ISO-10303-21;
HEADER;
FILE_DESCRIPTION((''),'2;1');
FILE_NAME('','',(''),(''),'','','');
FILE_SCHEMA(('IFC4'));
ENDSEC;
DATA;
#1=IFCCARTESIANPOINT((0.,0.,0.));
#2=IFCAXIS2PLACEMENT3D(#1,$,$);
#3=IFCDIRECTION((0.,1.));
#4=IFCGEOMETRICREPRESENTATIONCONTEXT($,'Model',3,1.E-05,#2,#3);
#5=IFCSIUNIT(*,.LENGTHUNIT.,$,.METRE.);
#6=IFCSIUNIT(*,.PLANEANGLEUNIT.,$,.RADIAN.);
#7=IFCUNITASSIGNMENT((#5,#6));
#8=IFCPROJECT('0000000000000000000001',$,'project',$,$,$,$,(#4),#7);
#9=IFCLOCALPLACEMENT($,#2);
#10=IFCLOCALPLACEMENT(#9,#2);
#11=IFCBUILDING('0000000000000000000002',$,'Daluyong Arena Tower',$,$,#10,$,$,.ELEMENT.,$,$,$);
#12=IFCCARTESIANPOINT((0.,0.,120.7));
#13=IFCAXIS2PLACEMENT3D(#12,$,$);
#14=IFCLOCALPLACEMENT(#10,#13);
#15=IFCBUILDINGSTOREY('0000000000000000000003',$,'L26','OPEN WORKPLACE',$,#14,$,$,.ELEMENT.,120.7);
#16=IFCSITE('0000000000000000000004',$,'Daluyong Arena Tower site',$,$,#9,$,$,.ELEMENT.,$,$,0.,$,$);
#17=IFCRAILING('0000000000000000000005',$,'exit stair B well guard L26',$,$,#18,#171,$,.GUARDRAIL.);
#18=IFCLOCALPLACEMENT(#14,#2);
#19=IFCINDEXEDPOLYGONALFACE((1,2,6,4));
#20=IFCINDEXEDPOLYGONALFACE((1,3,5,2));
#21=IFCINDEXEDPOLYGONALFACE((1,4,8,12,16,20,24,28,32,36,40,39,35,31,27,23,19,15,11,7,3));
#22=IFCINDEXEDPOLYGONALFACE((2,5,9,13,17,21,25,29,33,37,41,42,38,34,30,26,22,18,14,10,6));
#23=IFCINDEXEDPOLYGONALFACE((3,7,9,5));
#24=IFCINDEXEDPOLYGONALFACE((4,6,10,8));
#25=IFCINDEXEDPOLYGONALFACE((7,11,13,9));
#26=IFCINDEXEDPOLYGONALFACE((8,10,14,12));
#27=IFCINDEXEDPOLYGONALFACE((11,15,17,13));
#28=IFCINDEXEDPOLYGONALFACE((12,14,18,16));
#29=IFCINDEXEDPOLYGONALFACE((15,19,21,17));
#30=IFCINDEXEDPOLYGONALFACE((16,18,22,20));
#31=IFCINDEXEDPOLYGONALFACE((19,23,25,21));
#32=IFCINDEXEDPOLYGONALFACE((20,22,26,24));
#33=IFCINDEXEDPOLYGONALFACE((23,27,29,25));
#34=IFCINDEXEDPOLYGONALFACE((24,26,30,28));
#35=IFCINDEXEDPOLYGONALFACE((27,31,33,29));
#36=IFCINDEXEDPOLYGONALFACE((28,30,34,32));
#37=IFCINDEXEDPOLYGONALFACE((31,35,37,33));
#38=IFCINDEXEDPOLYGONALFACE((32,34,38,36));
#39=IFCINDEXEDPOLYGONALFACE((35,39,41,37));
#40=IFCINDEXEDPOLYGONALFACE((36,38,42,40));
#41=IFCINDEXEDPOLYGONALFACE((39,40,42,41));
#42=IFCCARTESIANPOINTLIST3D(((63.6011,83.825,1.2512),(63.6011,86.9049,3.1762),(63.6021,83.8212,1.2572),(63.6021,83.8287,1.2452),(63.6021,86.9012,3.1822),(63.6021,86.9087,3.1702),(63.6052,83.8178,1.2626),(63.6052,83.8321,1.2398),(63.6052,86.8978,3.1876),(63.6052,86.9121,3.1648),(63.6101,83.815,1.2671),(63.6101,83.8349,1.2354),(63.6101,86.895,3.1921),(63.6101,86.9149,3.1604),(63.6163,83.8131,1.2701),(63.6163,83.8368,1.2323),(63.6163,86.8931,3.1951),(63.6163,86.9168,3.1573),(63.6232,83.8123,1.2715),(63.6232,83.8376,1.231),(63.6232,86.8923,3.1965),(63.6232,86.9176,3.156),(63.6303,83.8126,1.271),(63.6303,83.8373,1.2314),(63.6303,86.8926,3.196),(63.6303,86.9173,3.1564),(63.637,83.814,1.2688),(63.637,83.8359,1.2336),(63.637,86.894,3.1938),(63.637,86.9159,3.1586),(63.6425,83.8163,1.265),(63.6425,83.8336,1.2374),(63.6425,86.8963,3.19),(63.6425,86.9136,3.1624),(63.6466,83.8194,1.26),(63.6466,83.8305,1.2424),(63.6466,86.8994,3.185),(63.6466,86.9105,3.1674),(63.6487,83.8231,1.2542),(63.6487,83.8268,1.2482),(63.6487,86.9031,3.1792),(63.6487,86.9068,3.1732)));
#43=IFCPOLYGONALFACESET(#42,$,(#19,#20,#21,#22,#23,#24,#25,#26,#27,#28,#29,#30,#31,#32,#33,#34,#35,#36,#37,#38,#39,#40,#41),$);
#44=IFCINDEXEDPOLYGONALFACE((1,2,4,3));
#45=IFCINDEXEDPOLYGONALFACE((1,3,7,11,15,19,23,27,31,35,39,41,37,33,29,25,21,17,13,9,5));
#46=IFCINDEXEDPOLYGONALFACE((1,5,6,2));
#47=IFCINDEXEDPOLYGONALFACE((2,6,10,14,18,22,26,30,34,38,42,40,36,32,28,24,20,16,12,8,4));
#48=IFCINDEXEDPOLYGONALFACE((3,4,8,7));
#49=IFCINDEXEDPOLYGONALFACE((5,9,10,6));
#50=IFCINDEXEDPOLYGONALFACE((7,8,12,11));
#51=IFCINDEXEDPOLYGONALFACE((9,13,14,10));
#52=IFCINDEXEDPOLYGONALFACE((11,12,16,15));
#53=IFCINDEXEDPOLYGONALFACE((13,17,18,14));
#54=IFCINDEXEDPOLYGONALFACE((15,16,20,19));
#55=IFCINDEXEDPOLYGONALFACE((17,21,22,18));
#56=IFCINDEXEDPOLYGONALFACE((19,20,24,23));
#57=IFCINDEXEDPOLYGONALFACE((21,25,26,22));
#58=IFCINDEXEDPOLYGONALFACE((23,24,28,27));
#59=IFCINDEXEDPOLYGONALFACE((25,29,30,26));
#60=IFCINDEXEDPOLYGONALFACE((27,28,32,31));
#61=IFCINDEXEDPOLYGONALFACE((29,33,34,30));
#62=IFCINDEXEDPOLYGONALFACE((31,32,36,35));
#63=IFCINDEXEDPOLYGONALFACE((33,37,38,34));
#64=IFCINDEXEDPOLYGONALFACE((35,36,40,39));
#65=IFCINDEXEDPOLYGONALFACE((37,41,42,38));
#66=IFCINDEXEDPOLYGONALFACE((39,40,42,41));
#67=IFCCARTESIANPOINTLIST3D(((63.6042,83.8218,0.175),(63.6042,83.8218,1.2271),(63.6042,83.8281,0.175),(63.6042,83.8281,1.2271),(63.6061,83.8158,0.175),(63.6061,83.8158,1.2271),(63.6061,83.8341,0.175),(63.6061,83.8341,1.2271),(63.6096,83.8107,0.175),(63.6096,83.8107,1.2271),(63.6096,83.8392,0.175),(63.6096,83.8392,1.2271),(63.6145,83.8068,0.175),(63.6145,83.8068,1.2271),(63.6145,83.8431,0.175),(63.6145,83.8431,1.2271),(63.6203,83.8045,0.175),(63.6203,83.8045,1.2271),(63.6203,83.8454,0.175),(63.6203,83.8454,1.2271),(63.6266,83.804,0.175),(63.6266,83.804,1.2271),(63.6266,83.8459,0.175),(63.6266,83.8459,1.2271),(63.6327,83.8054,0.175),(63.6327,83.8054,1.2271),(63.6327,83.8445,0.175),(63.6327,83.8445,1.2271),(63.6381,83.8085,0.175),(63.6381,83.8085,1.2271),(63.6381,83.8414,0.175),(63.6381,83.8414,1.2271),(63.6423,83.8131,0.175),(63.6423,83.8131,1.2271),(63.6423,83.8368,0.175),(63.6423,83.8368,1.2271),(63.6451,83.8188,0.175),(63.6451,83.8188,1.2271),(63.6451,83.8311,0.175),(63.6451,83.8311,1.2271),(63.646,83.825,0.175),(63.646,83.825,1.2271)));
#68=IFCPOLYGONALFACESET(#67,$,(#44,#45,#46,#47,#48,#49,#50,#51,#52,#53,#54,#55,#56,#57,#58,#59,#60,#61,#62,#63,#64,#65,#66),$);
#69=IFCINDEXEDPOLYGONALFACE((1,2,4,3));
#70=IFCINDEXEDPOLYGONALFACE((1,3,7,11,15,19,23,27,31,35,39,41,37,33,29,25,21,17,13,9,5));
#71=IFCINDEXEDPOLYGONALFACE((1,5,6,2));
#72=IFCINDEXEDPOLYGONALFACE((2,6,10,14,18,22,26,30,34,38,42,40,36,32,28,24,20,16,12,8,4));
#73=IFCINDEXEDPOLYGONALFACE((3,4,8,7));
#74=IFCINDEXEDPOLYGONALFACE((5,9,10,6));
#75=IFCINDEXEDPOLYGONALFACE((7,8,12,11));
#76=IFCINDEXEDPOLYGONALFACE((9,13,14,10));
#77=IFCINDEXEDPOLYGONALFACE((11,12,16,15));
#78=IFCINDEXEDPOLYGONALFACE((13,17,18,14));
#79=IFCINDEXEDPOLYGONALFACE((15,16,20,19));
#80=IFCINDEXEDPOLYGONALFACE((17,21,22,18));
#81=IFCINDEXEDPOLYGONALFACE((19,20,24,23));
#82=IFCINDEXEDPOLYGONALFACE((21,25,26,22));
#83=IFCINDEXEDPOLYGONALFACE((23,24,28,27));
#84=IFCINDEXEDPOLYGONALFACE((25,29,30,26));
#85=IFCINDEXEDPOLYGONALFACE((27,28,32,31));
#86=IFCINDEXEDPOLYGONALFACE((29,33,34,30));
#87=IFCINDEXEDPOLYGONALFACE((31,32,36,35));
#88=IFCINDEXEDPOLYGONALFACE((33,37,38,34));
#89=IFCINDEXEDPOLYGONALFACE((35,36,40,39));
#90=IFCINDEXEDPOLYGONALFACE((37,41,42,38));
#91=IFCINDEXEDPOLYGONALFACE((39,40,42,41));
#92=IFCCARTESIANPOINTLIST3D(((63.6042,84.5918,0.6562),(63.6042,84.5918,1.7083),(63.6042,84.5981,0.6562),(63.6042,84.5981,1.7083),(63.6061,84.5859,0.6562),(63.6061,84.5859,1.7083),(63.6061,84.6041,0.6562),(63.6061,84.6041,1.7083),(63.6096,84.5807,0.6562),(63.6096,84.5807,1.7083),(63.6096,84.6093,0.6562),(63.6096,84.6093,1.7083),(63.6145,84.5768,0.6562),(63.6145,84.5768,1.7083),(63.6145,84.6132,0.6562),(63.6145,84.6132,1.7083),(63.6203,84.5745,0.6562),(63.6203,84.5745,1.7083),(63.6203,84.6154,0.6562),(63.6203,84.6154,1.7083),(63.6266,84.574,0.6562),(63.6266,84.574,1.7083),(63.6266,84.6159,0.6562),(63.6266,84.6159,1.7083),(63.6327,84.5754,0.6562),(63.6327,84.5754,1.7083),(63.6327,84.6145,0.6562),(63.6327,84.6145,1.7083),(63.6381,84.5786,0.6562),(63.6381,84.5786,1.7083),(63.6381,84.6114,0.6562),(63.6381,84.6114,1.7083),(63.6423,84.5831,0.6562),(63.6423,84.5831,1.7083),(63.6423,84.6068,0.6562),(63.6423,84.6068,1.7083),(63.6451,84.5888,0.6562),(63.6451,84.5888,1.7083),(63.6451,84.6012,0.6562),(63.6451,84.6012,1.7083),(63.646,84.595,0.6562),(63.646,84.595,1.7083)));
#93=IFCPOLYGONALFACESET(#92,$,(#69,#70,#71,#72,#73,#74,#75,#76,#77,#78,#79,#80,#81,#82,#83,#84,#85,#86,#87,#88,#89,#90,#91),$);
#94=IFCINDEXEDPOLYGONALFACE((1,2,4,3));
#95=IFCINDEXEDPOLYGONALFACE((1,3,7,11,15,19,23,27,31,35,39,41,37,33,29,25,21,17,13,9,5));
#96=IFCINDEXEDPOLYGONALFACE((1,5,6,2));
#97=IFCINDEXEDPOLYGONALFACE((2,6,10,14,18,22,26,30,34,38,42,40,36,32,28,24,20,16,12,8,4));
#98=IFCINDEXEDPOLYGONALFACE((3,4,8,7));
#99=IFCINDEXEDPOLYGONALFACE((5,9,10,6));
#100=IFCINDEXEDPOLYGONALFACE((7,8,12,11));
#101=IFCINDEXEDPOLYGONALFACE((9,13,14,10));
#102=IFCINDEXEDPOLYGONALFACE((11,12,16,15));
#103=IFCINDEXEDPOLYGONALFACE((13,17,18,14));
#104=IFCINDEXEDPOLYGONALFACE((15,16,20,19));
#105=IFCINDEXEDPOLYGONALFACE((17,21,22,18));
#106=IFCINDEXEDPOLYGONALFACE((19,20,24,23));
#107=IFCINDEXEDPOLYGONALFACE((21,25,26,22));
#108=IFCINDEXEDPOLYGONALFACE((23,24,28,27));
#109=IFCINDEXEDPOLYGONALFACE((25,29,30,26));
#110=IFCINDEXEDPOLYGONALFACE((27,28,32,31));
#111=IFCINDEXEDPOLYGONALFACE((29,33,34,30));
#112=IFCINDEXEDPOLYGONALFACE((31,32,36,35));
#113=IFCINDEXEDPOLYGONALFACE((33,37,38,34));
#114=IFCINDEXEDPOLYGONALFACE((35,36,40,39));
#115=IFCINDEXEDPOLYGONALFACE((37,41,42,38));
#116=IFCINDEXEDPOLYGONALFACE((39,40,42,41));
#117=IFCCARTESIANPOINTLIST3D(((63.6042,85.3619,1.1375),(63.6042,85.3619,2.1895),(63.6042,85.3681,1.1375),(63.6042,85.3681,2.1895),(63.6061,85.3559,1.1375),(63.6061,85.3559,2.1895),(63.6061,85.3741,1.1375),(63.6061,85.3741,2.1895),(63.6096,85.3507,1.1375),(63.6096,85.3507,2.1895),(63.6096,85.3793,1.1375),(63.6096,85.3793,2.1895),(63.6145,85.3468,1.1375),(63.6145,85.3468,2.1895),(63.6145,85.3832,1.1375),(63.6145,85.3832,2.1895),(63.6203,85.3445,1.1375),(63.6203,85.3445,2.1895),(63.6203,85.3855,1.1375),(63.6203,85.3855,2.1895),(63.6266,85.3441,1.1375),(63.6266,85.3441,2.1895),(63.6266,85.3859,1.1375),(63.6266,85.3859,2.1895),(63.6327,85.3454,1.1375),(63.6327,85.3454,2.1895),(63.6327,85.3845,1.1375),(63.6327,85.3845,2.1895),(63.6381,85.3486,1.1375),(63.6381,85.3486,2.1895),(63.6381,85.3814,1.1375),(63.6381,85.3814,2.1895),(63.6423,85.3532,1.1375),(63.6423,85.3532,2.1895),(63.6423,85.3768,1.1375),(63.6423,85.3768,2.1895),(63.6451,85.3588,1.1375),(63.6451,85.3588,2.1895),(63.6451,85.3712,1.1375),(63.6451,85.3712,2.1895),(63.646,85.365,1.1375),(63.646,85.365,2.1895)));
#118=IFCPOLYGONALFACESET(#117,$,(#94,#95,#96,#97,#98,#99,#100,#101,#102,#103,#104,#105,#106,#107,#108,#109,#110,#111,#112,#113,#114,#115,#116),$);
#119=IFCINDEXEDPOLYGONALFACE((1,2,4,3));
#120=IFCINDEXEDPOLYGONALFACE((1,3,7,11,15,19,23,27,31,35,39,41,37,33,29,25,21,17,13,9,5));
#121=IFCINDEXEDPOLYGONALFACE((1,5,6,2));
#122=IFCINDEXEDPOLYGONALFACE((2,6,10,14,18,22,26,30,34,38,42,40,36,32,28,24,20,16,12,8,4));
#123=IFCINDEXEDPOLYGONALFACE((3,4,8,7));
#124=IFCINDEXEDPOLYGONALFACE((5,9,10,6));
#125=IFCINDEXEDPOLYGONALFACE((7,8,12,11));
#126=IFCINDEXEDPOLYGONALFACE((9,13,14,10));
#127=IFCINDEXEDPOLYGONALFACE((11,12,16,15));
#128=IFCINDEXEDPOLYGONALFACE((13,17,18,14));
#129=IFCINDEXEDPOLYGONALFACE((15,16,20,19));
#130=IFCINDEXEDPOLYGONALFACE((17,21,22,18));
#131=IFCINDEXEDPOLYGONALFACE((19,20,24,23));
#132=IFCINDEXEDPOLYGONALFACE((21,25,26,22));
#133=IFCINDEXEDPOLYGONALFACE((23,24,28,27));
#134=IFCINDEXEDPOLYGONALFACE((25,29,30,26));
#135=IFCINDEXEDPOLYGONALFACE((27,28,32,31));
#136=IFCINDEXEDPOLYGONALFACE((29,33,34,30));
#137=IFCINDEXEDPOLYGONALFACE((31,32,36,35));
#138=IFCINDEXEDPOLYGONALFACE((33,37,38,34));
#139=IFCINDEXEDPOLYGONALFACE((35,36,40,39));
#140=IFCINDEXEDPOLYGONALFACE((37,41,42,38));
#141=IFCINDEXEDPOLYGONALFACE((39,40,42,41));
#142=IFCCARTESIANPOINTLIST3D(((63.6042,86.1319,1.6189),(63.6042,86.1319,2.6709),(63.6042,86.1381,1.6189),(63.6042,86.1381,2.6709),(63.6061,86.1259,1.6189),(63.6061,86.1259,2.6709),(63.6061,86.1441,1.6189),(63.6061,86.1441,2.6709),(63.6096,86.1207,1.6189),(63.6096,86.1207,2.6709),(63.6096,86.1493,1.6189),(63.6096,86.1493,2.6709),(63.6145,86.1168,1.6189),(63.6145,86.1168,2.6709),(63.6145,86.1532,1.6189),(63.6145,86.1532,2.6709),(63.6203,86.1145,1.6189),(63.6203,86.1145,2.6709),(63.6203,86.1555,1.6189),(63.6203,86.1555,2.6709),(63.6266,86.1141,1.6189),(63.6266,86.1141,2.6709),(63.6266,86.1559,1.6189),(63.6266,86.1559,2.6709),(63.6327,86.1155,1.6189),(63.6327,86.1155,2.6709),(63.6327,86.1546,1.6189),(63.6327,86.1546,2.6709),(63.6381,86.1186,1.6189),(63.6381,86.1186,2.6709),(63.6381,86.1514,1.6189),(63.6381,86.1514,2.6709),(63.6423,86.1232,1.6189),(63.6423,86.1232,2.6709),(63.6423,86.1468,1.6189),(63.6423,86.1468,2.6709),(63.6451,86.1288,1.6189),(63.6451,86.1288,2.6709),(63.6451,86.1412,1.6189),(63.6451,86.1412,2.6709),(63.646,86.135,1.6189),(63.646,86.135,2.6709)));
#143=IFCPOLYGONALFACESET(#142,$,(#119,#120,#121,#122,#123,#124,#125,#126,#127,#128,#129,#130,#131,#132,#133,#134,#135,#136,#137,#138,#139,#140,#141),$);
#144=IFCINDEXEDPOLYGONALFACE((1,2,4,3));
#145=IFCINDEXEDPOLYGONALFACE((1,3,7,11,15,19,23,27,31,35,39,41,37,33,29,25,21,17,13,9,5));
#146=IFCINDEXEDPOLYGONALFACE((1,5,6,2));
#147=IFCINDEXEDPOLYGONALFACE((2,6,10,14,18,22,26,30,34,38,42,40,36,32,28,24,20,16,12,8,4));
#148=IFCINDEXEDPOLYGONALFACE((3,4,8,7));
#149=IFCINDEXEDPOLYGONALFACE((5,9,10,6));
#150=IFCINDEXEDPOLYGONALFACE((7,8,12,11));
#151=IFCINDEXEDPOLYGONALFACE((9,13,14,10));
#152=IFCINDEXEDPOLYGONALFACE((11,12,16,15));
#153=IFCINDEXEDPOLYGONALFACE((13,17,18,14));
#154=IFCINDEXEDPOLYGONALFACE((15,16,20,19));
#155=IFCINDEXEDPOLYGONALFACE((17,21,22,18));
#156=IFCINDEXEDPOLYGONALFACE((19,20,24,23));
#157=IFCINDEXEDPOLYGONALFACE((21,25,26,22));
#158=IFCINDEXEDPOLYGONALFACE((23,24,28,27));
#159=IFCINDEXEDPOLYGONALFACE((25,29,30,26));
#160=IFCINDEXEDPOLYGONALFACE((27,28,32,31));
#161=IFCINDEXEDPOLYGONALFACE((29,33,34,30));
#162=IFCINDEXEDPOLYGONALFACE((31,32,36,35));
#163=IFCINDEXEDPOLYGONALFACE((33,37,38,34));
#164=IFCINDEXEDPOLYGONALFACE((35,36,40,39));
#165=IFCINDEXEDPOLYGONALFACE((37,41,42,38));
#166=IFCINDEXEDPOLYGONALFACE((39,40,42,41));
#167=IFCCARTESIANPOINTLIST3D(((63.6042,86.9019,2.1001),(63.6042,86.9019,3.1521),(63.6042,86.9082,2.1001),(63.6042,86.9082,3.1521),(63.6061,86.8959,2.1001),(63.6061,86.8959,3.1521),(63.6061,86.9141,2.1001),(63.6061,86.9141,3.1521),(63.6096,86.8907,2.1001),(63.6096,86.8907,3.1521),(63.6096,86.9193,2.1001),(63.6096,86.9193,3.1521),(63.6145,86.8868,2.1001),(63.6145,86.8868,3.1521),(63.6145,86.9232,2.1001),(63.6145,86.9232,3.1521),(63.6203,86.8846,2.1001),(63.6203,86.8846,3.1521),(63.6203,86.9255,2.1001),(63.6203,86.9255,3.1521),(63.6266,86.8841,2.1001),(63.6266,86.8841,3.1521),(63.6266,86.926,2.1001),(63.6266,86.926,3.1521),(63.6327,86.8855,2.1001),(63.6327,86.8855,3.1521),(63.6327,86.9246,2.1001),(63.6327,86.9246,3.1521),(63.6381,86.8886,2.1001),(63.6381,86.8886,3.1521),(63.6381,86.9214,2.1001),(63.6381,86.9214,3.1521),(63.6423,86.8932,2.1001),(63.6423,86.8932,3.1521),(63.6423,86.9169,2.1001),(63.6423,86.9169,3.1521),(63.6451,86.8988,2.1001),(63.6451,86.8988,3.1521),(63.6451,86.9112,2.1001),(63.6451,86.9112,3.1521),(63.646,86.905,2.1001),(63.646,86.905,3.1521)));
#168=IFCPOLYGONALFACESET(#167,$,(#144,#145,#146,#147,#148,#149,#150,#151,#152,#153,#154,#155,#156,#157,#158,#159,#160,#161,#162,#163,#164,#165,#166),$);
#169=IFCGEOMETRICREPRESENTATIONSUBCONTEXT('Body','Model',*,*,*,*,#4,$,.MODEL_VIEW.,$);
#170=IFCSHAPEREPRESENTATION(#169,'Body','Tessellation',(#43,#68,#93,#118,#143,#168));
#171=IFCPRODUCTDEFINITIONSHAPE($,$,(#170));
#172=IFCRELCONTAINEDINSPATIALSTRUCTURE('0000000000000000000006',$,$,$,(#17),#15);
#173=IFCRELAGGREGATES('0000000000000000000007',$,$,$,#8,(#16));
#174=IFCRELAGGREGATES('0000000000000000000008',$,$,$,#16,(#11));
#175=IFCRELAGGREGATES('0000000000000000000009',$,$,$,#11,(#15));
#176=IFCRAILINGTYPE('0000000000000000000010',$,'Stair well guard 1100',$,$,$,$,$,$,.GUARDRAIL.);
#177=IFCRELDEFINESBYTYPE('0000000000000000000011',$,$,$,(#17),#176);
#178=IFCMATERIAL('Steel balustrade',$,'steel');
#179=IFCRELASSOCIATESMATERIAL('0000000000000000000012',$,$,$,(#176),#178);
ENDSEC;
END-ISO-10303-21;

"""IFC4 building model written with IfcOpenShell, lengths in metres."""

from ifc_helpers import new_model, si_unit, direction, frame, origin, origin_2d, place, context, subcontext, project, spatial, circle, extrude, material, type_object, element, save


model = new_model("IFC4")

# Units and contexts
model_context = context("Model", 3, precision=1e-05, world=origin(), true_north=direction((0.0, 1.0)))
body_context = subcontext(model_context, "Body", "Model", "MODEL_VIEW")
ifc_project = project(units=[si_unit("LENGTHUNIT", "METRE"), si_unit("PLANEANGLEUNIT", "RADIAN")], contexts=[model_context])

# Site, building, storey
site_placement = place(None, origin())
site = spatial("IfcSite", under=ifc_project, at=site_placement, Name="Daluyong Arena Tower site", CompositionType="ELEMENT", RefElevation=0.0)
building_placement = place(site_placement, origin())
building = spatial("IfcBuilding", under=site, at=building_placement, Name="Daluyong Arena Tower", CompositionType="ELEMENT")
storey_placement = place(building_placement, frame((0.0, 0.0, 120.7)))
storey = spatial("IfcBuildingStorey", under=building, at=storey_placement, Name="L26", Description="OPEN WORKPLACE", CompositionType="ELEMENT", Elevation=120.7)

# Railing
ifc_material_1 = material(Name="Steel balustrade", Category="steel")
railing_type_1 = type_object("IfcRailingType", Name="Stair well guard 1100", PredefinedType="GUARDRAIL", material=ifc_material_1)
railing_1_placement = place(storey_placement, frame((63.625, 83.825, 0.175)))
element("IfcRailing", 1, at=railing_1_placement, inside=storey, type_object=railing_type_1, Name="exit stair B well guard L26", PredefinedType="GUARDRAIL", context=body_context, shape_type="SweptSolid", body=[
    extrude(circle(Radius=0.0239, at=origin_2d()), frame((0.0, 0.0, 1.0762), z_axis=(0.0, 0.847998, 0.529999), x_axis=(-1.0, 0.0, 0.0)), (0.0, 0.0, 1.0), 3.6321),
    extrude(circle(Radius=0.021, at=origin_2d()), origin(), (0.0, 0.0, 1.0), 1.052),
    extrude(circle(Radius=0.021, at=origin_2d()), frame((0.0, 0.77, 0.4812)), (0.0, 0.0, 1.0), 1.052),
    extrude(circle(Radius=0.021, at=origin_2d()), frame((0.0, 1.54, 0.9624)), (0.0, 0.0, 1.0), 1.052),
    extrude(circle(Radius=0.021, at=origin_2d()), frame((0.0, 2.3101, 1.4438)), (0.0, 0.0, 1.0), 1.052),
    extrude(circle(Radius=0.021, at=origin_2d()), frame((0.0, 3.0801, 1.925)), (0.0, 0.0, 1.0), 1.052),
])

save(model, "model.ifc")
